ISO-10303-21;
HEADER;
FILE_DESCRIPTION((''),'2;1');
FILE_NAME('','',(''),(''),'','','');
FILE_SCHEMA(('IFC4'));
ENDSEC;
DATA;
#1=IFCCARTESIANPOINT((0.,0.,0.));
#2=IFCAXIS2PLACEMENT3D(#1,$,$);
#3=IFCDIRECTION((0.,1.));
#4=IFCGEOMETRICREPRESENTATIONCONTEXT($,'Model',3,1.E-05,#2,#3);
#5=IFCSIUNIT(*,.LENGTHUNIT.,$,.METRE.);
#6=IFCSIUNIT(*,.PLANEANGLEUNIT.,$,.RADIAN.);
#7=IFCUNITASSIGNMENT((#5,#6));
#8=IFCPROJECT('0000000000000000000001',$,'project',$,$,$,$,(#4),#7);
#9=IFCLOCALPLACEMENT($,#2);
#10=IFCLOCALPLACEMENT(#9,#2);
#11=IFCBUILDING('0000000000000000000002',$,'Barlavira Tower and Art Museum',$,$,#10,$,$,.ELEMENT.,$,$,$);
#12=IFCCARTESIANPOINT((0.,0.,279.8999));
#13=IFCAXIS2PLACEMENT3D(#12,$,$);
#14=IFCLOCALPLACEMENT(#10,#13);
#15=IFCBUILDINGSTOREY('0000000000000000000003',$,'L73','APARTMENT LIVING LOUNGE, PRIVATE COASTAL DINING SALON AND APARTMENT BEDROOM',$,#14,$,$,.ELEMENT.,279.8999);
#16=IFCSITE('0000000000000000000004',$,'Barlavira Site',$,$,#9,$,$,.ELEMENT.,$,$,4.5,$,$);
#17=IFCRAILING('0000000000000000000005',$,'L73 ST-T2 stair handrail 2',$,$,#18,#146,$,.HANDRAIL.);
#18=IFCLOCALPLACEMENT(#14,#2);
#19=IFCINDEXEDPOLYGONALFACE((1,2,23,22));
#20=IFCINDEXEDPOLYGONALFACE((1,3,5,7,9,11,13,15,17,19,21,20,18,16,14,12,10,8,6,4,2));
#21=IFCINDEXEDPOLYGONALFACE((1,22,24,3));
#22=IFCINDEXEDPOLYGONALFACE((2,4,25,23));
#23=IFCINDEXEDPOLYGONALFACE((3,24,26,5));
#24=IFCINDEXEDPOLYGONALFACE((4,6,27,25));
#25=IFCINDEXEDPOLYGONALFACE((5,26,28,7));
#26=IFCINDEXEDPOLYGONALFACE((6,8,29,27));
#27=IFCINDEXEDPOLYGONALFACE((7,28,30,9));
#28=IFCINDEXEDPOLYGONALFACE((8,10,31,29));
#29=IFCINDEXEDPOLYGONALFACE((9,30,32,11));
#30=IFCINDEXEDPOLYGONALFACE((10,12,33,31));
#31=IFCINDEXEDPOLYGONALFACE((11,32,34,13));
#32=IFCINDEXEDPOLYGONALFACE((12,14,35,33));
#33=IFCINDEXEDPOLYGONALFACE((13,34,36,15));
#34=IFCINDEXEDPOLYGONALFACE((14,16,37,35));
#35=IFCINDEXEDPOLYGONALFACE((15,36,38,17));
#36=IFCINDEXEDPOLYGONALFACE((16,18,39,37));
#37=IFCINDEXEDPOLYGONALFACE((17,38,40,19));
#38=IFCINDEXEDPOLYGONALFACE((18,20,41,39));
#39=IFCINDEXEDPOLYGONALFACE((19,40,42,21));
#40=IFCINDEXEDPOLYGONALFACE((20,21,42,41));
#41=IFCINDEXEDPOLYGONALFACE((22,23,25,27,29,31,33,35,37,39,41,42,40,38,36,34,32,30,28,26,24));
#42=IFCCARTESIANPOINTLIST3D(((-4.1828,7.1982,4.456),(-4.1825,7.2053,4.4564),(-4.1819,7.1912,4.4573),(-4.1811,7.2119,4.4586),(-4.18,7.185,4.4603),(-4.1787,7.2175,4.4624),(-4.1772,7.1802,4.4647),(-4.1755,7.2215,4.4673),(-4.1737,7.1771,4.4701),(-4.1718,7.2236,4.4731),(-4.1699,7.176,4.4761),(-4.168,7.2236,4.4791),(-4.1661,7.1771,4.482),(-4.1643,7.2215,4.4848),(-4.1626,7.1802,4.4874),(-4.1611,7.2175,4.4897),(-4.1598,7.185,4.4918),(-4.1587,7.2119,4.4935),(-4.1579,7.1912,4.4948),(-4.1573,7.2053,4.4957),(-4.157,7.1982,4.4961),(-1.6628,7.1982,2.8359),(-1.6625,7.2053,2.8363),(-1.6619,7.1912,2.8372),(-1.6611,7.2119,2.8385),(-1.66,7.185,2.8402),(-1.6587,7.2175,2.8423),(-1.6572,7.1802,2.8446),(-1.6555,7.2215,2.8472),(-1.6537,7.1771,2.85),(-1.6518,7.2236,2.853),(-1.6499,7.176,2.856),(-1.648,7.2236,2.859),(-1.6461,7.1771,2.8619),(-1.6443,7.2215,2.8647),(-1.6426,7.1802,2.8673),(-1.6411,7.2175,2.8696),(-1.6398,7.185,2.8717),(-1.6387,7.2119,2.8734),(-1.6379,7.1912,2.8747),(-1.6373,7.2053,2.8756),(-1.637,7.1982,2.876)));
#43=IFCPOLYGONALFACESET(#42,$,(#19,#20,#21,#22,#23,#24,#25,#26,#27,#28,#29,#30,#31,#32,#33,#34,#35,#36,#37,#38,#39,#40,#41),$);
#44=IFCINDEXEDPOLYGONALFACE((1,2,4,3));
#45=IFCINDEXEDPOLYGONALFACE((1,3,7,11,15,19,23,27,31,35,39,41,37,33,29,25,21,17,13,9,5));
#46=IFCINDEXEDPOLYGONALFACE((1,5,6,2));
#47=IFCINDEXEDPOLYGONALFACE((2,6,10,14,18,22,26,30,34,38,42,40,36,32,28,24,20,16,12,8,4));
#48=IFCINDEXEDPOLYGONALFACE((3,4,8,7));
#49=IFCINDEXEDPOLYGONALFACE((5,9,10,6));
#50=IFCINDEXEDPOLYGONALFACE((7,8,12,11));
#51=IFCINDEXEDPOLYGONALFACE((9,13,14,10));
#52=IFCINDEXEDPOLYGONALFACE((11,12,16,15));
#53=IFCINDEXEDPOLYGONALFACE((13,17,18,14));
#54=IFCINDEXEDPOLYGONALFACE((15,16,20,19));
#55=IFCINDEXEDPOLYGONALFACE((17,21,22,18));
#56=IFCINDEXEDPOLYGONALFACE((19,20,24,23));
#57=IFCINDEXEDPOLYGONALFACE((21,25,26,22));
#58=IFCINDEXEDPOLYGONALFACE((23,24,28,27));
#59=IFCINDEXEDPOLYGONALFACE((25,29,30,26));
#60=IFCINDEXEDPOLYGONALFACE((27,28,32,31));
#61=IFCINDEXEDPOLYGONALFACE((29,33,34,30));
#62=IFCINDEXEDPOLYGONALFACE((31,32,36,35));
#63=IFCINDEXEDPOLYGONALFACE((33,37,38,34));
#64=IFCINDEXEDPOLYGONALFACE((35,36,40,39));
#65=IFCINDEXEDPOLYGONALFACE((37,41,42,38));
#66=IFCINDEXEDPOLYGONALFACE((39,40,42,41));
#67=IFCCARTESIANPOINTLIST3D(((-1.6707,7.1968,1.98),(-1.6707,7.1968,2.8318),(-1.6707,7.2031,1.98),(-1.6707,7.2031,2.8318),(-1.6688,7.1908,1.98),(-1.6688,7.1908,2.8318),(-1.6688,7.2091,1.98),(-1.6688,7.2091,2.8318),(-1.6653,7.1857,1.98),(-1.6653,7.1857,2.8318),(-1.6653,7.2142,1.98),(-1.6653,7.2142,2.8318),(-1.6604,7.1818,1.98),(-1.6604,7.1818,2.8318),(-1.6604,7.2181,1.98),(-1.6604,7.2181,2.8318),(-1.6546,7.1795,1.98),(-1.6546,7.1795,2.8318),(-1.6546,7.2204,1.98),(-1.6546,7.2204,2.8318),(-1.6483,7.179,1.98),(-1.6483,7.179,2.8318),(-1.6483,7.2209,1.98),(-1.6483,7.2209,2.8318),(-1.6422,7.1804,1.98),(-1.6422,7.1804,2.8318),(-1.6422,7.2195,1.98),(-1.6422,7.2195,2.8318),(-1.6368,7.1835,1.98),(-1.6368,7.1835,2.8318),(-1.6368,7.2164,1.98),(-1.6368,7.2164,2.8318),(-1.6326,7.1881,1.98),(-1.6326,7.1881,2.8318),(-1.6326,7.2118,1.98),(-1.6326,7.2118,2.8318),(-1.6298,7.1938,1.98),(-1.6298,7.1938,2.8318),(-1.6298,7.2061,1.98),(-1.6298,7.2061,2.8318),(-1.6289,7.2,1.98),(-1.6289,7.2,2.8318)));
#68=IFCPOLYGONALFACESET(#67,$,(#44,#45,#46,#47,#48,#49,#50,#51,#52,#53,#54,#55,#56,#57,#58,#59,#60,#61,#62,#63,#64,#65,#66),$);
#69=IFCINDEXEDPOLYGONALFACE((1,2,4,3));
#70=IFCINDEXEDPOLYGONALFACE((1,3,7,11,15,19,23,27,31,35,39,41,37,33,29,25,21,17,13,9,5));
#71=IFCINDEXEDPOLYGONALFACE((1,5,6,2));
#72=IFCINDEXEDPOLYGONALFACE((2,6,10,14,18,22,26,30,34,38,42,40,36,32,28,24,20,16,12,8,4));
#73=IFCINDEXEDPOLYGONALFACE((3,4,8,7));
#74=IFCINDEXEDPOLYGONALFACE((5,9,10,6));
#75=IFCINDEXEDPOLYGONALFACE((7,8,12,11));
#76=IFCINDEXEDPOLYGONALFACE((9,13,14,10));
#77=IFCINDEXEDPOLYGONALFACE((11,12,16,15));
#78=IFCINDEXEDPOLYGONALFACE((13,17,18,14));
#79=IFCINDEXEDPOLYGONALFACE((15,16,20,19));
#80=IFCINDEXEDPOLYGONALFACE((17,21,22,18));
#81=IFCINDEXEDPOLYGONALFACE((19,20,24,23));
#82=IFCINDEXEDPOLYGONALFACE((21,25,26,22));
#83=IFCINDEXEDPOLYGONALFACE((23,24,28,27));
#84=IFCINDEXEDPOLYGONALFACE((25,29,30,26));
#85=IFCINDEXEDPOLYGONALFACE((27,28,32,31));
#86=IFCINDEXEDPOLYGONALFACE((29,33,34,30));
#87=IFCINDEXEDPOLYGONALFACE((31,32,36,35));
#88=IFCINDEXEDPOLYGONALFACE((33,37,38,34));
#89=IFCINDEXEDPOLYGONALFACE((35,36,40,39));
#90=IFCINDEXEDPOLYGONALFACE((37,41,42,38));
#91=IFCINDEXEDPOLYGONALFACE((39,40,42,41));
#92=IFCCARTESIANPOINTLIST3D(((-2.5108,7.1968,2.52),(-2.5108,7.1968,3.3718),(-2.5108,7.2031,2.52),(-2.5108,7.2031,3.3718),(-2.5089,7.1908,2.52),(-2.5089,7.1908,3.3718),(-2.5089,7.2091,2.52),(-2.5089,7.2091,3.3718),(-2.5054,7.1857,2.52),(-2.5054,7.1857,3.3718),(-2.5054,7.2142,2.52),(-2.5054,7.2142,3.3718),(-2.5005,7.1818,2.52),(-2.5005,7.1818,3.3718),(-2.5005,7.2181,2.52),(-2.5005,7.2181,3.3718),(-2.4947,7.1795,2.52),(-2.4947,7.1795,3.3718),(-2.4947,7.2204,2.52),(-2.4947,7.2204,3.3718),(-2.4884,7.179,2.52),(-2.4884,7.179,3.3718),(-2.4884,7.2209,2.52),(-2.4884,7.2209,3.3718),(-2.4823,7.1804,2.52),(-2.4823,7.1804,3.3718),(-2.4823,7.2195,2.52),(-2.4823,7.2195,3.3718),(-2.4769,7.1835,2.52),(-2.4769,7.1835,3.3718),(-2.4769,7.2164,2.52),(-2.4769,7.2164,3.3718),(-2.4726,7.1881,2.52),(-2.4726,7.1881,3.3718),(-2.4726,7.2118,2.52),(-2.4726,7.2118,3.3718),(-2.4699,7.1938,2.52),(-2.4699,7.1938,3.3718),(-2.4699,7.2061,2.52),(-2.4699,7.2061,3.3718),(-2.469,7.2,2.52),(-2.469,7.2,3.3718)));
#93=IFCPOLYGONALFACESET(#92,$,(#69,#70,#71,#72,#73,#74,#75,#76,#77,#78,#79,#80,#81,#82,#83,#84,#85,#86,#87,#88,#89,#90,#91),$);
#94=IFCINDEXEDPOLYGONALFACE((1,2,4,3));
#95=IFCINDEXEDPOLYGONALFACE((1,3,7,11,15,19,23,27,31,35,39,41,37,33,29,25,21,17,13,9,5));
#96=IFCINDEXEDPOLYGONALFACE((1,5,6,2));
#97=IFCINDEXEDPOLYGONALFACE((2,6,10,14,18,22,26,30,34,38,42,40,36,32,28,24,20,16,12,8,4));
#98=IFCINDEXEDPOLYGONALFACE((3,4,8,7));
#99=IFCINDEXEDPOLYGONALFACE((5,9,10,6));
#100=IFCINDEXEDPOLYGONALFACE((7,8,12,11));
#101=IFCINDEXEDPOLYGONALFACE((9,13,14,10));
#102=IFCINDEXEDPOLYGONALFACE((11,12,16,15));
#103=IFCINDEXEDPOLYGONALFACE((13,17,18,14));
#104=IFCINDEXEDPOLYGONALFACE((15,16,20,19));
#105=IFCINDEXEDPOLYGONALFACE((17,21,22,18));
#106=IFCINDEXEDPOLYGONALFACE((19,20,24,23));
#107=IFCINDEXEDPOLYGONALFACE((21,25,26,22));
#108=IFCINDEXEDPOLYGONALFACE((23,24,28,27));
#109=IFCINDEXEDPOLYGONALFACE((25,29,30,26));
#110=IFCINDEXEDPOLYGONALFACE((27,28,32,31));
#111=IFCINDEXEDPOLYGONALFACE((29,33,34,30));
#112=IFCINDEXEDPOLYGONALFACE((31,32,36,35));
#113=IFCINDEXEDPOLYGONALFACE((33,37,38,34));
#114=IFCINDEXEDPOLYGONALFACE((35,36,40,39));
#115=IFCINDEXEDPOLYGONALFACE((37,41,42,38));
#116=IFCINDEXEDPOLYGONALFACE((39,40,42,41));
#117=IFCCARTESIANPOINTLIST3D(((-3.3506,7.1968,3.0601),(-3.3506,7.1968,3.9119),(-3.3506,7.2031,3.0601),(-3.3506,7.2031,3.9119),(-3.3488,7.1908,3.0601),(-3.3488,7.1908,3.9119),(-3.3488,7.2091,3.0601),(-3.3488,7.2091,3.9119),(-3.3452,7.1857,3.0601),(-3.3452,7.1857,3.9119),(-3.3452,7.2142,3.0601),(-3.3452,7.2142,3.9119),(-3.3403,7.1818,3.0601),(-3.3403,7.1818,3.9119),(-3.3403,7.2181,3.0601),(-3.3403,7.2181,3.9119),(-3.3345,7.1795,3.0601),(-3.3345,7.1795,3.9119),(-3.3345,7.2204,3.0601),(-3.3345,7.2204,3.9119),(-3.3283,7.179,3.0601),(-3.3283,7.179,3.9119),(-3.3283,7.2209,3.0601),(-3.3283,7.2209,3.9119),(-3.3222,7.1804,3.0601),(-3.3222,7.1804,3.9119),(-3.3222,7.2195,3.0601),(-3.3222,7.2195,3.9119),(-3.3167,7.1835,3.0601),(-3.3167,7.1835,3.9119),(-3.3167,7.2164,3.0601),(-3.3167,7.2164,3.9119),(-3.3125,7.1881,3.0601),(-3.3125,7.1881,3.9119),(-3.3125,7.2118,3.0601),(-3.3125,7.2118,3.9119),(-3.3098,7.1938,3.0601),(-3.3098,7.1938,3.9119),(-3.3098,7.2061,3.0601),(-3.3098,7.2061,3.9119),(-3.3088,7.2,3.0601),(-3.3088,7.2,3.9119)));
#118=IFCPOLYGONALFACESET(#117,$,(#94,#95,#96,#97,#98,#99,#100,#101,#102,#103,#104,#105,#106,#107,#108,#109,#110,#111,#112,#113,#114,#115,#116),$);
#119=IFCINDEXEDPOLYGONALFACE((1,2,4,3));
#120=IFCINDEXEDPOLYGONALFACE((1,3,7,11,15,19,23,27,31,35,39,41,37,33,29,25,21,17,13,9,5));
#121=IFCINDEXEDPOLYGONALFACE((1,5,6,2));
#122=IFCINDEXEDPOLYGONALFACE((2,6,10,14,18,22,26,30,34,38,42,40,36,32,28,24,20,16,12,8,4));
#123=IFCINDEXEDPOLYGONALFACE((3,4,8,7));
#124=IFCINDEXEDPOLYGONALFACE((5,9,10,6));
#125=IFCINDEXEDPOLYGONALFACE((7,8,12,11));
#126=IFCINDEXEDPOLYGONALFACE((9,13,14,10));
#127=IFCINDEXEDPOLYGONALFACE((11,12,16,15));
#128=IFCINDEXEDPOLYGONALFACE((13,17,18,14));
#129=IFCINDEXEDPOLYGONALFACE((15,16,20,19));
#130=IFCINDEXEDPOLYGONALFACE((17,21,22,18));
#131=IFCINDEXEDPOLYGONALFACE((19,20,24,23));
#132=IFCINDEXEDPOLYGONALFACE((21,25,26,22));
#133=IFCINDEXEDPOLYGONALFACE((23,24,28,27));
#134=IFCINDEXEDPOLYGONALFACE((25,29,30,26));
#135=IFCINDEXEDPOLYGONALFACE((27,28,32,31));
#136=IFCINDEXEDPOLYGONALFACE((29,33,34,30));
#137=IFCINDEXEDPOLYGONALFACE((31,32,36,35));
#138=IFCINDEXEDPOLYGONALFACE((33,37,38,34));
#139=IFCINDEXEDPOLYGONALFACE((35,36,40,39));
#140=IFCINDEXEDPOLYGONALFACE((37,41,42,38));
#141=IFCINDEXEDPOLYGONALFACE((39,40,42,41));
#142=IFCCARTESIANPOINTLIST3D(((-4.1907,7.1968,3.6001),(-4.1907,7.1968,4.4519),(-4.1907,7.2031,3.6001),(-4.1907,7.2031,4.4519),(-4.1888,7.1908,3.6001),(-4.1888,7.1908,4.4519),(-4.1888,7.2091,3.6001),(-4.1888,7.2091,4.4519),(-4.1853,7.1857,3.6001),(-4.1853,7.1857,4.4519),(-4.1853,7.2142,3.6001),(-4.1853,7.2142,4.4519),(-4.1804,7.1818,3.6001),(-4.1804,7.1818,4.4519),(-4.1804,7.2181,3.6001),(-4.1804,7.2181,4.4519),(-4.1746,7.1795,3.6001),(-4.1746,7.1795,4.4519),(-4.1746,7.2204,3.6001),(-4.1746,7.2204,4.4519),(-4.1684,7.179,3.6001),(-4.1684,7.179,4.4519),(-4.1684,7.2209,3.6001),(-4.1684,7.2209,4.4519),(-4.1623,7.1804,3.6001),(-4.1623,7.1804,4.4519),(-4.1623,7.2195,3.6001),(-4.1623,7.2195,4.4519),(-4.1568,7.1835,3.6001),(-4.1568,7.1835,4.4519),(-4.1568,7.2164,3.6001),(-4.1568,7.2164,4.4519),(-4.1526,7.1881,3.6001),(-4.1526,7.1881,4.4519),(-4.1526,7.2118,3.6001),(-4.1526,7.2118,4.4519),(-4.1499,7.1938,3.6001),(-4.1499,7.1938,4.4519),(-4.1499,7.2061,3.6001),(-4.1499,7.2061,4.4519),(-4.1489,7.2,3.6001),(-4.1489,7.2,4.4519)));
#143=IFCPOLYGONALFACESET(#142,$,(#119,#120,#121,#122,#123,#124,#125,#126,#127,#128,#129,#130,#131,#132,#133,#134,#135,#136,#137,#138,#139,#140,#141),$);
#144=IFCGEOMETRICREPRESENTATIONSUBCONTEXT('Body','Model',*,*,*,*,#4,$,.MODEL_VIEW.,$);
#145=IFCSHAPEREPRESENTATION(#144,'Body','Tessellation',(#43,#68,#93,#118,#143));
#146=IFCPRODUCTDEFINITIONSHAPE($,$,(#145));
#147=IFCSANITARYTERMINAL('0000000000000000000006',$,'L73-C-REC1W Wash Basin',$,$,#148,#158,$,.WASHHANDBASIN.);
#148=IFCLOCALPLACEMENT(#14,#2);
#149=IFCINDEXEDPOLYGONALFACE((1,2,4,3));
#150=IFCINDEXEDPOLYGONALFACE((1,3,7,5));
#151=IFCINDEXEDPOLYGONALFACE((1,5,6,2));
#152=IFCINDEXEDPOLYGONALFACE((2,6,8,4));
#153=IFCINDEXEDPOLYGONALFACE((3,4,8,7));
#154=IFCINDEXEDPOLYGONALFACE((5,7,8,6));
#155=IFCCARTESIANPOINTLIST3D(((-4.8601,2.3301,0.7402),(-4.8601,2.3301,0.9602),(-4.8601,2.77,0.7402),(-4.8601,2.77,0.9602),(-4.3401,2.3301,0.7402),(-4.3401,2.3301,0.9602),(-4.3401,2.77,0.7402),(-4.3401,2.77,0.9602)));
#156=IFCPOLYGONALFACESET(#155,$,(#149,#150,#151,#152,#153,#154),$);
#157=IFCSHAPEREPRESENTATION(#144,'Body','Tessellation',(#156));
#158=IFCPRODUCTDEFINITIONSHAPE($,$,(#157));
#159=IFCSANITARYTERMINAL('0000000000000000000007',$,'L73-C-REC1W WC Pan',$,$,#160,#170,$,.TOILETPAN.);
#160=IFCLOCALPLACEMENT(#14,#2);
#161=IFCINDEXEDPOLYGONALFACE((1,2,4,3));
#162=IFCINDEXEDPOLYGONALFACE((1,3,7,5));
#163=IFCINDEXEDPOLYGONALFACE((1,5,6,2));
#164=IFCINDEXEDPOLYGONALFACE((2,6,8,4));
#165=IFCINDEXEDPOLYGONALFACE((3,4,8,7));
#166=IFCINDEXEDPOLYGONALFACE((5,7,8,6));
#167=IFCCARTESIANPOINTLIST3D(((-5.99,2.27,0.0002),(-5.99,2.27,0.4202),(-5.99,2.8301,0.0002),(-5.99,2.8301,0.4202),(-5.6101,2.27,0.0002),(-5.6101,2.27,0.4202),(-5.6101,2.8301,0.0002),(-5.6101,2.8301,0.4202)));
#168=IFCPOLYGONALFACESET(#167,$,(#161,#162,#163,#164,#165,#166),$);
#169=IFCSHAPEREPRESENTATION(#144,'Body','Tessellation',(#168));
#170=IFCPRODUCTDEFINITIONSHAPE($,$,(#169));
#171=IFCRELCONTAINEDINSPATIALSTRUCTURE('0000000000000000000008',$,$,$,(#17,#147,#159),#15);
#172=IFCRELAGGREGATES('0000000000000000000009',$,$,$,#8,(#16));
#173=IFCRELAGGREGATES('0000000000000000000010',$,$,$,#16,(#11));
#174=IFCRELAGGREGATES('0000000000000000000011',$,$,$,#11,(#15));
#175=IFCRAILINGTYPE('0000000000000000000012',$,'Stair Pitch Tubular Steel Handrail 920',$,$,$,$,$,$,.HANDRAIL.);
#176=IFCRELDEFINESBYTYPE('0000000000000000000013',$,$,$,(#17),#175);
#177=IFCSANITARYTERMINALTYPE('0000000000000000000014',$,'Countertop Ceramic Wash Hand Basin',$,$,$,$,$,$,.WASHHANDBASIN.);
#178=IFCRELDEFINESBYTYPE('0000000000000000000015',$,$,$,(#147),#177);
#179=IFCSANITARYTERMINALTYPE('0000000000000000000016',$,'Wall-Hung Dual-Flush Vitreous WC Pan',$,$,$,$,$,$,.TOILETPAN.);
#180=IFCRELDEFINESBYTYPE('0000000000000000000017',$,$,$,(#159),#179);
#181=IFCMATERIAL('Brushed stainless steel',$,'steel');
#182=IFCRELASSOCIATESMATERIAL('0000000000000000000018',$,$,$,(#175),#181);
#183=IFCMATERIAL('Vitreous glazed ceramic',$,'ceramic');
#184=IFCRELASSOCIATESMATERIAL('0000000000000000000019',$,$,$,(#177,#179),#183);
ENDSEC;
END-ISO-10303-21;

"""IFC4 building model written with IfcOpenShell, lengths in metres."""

from ifc_helpers import new_model, si_unit, direction, frame, origin, origin_2d, place, context, subcontext, project, spatial, rectangle, circle, extrude, material, type_object, element, save


model = new_model("IFC4")

# Units and contexts
model_context = context("Model", 3, precision=1e-05, world=origin(), true_north=direction((0.0, 1.0)))
body_context = subcontext(model_context, "Body", "Model", "MODEL_VIEW")
ifc_project = project(units=[si_unit("LENGTHUNIT", "METRE"), si_unit("PLANEANGLEUNIT", "RADIAN")], contexts=[model_context])

# Site, building, storey
site_placement = place(None, origin())
site = spatial("IfcSite", under=ifc_project, at=site_placement, Name="Barlavira Site", CompositionType="ELEMENT", RefElevation=4.5)
building_placement = place(site_placement, origin())
building = spatial("IfcBuilding", under=site, at=building_placement, Name="Barlavira Tower and Art Museum", CompositionType="ELEMENT")
storey_placement = place(building_placement, frame((0.0, 0.0, 279.8999)))
storey = spatial("IfcBuildingStorey", under=building, at=storey_placement, Name="L73", Description="APARTMENT LIVING LOUNGE, PRIVATE COASTAL DINING SALON AND APARTMENT BEDROOM", CompositionType="ELEMENT", Elevation=279.8999)

# Railing
ifc_material_1 = material(Name="Brushed stainless steel", Category="steel")
railing_type_1 = type_object("IfcRailingType", Name="Stair Pitch Tubular Steel Handrail 920", PredefinedType="HANDRAIL", material=ifc_material_1)
railing_1_placement = place(storey_placement, frame((-1.6499, 7.2, 1.98)))
element("IfcRailing", 1, at=railing_1_placement, inside=storey, type_object=railing_type_1, Name="L73 ST-T2 stair handrail 2", PredefinedType="HANDRAIL", context=body_context, shape_type="SweptSolid", body=[
    extrude(circle(Radius=0.0239, at=origin_2d()), frame((0.0, 0.0, 0.876), z_axis=(-0.841163, 0.0, 0.540782), x_axis=(0.0, -1.0, 0.0)), (0.0, 0.0, 1.0), 2.9958),
    extrude(circle(Radius=0.021, at=origin_2d()), origin(), (0.0, 0.0, 1.0), 0.8518),
    extrude(circle(Radius=0.021, at=origin_2d()), frame((-0.8401, 0.0, 0.54)), (0.0, 0.0, 1.0), 0.8518),
    extrude(circle(Radius=0.021, at=origin_2d()), frame((-1.6799, 0.0, 1.0801)), (0.0, 0.0, 1.0), 0.8518),
    extrude(circle(Radius=0.021, at=origin_2d()), frame((-2.52, 0.0, 1.6201)), (0.0, 0.0, 1.0), 0.8518),
])

# Sanitary terminals
ifc_material_2 = material(Name="Vitreous glazed ceramic", Category="ceramic")
sanitary_terminal_type_1 = type_object("IfcSanitaryTerminalType", Name="Countertop Ceramic Wash Hand Basin", PredefinedType="WASHHANDBASIN", material=ifc_material_2)
sanitary_terminal_1_placement = place(storey_placement, frame((-4.6001, 2.55, 0.7402), z_axis=(0.0, 0.0, 1.0), x_axis=(1.0, 0.0, 0.0)))
element("IfcSanitaryTerminal", 2, at=sanitary_terminal_1_placement, inside=storey, type_object=sanitary_terminal_type_1, Name="L73-C-REC1W Wash Basin", PredefinedType="WASHHANDBASIN", context=body_context, shape_type="SweptSolid", body=[
    extrude(rectangle(XDim=0.52, YDim=0.4399, at=origin_2d()), origin(), (0.0, 0.0, 1.0), 0.22),
])
sanitary_terminal_type_2 = type_object("IfcSanitaryTerminalType", Name="Wall-Hung Dual-Flush Vitreous WC Pan", PredefinedType="TOILETPAN", material=ifc_material_2)
sanitary_terminal_2_placement = place(storey_placement, frame((-5.8, 2.55, 0.0002), z_axis=(0.0, 0.0, 1.0), x_axis=(1.0, 0.0, 0.0)))
element("IfcSanitaryTerminal", 3, at=sanitary_terminal_2_placement, inside=storey, type_object=sanitary_terminal_type_2, Name="L73-C-REC1W WC Pan", PredefinedType="TOILETPAN", context=body_context, shape_type="SweptSolid", body=[
    extrude(rectangle(XDim=0.3799, YDim=0.5601, at=origin_2d()), origin(), (0.0, 0.0, 1.0), 0.4199),
])

save(model, "model.ifc")
